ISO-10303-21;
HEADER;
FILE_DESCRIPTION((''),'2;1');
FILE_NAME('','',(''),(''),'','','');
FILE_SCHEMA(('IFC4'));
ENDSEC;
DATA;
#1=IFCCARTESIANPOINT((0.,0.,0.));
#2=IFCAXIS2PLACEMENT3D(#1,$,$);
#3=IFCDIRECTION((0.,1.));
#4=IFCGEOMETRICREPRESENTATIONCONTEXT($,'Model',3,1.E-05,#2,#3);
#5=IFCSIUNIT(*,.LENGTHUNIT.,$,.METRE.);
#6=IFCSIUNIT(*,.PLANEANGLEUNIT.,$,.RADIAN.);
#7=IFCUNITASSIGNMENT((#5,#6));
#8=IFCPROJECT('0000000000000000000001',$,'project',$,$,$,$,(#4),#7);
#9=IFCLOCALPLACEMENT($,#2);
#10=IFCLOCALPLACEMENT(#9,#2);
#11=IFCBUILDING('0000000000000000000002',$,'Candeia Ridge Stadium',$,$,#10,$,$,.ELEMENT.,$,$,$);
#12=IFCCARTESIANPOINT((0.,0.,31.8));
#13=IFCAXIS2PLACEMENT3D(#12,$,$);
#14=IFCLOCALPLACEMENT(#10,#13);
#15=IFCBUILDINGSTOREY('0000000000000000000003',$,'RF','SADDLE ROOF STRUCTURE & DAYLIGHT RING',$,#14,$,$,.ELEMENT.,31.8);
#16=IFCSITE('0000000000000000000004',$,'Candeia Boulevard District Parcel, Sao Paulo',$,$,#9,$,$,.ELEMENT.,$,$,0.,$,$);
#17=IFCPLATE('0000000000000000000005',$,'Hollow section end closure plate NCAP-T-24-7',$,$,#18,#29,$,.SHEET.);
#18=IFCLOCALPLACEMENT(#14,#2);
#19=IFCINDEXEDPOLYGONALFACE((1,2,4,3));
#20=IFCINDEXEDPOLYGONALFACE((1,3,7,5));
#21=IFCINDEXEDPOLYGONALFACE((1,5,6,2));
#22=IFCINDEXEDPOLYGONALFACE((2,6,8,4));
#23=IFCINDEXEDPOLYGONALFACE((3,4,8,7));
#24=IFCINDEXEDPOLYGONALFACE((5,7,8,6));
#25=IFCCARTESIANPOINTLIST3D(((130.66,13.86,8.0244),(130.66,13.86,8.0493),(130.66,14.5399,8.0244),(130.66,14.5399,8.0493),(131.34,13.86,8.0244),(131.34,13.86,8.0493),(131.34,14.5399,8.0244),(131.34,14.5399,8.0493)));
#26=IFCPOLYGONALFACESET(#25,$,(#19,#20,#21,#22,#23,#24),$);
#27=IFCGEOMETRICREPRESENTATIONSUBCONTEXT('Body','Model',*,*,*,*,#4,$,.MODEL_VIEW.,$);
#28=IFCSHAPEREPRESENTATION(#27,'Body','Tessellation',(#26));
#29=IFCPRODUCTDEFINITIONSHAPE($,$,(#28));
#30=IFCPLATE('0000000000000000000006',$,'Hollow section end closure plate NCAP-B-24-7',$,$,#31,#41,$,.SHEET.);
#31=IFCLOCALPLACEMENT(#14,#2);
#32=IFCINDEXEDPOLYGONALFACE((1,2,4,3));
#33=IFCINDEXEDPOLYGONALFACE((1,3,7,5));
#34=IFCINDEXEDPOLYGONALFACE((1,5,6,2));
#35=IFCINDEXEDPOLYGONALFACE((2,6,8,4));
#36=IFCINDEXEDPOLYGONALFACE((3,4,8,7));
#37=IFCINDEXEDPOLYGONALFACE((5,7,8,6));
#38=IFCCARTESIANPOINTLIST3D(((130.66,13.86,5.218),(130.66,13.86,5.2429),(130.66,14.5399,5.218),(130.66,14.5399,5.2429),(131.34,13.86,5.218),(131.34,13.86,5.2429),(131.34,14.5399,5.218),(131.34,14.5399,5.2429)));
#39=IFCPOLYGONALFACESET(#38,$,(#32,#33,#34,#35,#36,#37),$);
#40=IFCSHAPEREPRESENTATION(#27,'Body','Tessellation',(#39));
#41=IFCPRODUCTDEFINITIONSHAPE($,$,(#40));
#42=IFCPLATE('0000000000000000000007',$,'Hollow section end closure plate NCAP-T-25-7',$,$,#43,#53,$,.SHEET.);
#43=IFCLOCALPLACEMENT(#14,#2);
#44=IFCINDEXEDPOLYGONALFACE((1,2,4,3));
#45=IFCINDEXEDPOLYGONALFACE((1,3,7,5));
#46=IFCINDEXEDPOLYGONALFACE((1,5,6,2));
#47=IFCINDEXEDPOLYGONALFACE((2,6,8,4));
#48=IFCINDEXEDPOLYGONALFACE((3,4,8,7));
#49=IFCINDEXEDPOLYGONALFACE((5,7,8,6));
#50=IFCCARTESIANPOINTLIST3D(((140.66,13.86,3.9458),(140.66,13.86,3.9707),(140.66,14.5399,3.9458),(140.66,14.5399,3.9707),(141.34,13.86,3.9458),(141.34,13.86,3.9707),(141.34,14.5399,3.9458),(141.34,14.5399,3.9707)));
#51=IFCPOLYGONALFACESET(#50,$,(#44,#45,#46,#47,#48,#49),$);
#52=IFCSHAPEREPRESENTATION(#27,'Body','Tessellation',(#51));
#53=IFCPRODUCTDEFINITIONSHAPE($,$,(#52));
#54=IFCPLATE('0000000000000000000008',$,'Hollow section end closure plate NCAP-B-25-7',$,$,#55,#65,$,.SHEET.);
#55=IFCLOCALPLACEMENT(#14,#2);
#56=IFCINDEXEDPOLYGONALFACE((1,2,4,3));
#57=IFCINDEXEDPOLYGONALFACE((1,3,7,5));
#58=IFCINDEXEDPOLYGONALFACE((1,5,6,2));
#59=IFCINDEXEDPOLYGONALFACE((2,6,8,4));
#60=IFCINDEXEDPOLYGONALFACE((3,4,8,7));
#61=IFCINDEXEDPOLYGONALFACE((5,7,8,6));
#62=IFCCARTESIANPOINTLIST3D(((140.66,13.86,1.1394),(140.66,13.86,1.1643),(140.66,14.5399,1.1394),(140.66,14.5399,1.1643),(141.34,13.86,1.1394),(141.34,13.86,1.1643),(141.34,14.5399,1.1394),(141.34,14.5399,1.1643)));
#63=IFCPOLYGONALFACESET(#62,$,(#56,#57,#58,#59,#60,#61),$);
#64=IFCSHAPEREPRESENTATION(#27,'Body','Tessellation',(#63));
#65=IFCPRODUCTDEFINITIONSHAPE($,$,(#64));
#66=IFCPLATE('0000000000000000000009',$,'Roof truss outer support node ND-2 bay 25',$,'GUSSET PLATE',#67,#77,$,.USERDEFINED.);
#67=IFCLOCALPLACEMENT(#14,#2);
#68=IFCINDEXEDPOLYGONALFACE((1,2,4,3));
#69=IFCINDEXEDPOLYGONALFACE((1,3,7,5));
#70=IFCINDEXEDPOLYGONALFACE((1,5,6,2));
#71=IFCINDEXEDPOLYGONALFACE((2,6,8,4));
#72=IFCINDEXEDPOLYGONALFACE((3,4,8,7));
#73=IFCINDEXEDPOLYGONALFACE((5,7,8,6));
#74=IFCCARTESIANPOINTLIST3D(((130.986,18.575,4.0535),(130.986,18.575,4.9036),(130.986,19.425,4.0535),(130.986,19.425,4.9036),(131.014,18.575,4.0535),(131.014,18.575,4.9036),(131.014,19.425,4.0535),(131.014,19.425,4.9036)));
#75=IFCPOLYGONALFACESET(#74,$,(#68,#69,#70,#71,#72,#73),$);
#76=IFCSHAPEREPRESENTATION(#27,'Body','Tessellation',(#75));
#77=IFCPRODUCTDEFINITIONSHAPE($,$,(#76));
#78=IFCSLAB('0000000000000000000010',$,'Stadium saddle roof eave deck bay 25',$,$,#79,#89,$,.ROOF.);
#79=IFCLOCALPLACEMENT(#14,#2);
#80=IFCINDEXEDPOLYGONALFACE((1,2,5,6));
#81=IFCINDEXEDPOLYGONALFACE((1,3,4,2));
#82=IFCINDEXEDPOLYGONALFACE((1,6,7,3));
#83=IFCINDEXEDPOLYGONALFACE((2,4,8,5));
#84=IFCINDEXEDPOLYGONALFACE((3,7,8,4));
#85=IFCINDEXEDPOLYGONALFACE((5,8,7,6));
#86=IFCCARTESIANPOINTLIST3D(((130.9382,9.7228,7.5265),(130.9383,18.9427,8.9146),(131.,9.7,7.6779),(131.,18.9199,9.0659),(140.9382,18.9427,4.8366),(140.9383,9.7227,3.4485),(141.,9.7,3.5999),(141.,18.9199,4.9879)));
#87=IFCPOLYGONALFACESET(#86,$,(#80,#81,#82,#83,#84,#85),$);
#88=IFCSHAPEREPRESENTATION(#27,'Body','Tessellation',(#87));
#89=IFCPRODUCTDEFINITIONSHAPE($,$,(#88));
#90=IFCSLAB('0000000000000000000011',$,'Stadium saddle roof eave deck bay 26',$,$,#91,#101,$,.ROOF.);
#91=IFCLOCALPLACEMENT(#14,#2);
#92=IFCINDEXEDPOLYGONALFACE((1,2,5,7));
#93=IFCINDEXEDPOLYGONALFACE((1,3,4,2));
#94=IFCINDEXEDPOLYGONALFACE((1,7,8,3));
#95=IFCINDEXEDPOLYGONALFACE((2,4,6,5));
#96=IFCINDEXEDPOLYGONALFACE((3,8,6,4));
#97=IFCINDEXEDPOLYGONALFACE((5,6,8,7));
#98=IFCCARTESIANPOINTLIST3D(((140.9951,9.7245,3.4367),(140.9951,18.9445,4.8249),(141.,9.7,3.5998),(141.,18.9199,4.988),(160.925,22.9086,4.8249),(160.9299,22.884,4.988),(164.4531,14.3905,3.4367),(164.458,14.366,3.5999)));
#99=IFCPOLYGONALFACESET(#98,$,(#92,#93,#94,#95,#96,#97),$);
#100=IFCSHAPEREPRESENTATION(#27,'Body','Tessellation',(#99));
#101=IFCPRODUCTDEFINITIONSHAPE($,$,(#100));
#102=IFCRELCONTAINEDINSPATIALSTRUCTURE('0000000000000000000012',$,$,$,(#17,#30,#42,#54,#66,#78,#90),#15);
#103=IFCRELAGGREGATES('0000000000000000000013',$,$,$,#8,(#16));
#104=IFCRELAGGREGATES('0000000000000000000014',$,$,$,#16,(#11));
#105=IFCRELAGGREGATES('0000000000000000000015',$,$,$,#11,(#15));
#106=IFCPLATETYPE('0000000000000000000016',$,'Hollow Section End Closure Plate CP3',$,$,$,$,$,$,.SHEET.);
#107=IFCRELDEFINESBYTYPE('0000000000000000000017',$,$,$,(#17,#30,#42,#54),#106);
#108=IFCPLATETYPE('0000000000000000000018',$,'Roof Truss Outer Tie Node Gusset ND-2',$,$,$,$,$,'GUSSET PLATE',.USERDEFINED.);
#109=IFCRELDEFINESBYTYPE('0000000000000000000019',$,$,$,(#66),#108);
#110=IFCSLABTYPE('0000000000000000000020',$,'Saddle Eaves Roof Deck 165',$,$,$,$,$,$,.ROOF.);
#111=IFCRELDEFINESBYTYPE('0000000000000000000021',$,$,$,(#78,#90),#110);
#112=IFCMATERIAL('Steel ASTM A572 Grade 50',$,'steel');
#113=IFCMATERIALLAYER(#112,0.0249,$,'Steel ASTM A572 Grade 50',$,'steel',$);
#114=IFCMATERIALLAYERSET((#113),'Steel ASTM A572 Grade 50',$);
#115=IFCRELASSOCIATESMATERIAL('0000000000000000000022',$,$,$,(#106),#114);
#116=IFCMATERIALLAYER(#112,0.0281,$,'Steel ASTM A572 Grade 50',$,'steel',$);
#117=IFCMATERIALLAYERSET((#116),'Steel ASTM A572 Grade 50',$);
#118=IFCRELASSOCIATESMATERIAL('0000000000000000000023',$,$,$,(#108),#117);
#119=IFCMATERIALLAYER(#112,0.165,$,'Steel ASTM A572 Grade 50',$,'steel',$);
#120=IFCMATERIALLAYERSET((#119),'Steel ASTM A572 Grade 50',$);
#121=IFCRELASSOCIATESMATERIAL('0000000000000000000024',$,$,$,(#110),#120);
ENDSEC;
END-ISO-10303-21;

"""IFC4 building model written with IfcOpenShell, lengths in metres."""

from ifc_helpers import new_model, si_unit, direction, frame, origin, origin_2d, place, context, subcontext, project, spatial, polyline, rectangle, outline, extrude, material, layer, layer_set, type_object, element, save


model = new_model("IFC4")

# Units and contexts
model_context = context("Model", 3, precision=1e-05, world=origin(), true_north=direction((0.0, 1.0)))
body_context = subcontext(model_context, "Body", "Model", "MODEL_VIEW")
ifc_project = project(units=[si_unit("LENGTHUNIT", "METRE"), si_unit("PLANEANGLEUNIT", "RADIAN")], contexts=[model_context])

# Site, building, storey
site_placement = place(None, origin())
site = spatial("IfcSite", under=ifc_project, at=site_placement, Name="Candeia Boulevard District Parcel, Sao Paulo", CompositionType="ELEMENT", RefElevation=0.0)
building_placement = place(site_placement, origin())
building = spatial("IfcBuilding", under=site, at=building_placement, Name="Candeia Ridge Stadium", CompositionType="ELEMENT")
storey_placement = place(building_placement, frame((0.0, 0.0, 31.8)))
storey = spatial("IfcBuildingStorey", under=building, at=storey_placement, Name="RF", Description="SADDLE ROOF STRUCTURE & DAYLIGHT RING", CompositionType="ELEMENT", Elevation=31.8)

# Shared definitions
ifc_material_1 = material(Name="Steel ASTM A572 Grade 50", Category="steel")

# Plates
ifc_layer_1 = layer(ifc_material_1, 0.0249, Name="Steel ASTM A572 Grade 50", Category="steel")
ifc_layer_set_1 = layer_set([ifc_layer_1], Name="Steel ASTM A572 Grade 50")
plate_type_1 = type_object("IfcPlateType", Name="Hollow Section End Closure Plate CP3", PredefinedType="SHEET", material=ifc_layer_set_1)
for number, where, z_axis, x_axis, name in (
    (1, (131.0, 14.2, 8.0244), (0.0, 0.0, 1.0), (1.0, 0.0, 0.0), "Hollow section end closure plate NCAP-T-24-7"),
    (2, (131.0, 14.2, 5.218), (0.0, 0.0, 1.0), (1.0, 0.0, 0.0), "Hollow section end closure plate NCAP-B-24-7"),
    (3, (141.0, 14.2, 3.9458), (0.0, 0.0, 1.0), (1.0, 0.0, 0.0), "Hollow section end closure plate NCAP-T-25-7"),
    (4, (141.0, 14.2, 1.1394), (0.0, 0.0, 1.0), (1.0, 0.0, 0.0), "Hollow section end closure plate NCAP-B-25-7"),
):
    element("IfcPlate", number, at=place(storey_placement, frame(where, z_axis=z_axis, x_axis=x_axis)), inside=storey, type_object=plate_type_1, Name=name, PredefinedType="SHEET", context=body_context, shape_type="SweptSolid", body=[
        extrude(rectangle(XDim=0.6799, YDim=0.6799, at=origin_2d()), origin(), (0.0, 0.0, 1.0), 0.0249),
    ])
ifc_layer_2 = layer(ifc_material_1, 0.0281, Name="Steel ASTM A572 Grade 50", Category="steel")
ifc_layer_set_2 = layer_set([ifc_layer_2], Name="Steel ASTM A572 Grade 50")
plate_type_2 = type_object("IfcPlateType", Name="Roof Truss Outer Tie Node Gusset ND-2", ElementType="GUSSET PLATE", PredefinedType="USERDEFINED", material=ifc_layer_set_2)
plate_1_placement = place(storey_placement, frame((131.0, 19.0, 4.0535), z_axis=(0.0, 0.0, 1.0), x_axis=(0.0, -1.0, 0.0)))
element("IfcPlate", 5, at=plate_1_placement, inside=storey, type_object=plate_type_2, Name="Roof truss outer support node ND-2 bay 25", ObjectType="GUSSET PLATE", PredefinedType="USERDEFINED", context=body_context, shape_type="SweptSolid", body=[
    extrude(rectangle(XDim=0.8501, YDim=0.0281, at=origin_2d()), origin(), (0.0, 0.0, 1.0), 0.8501),
])

# Slabs
ifc_layer_3 = layer(ifc_material_1, 0.165, Name="Steel ASTM A572 Grade 50", Category="steel")
ifc_layer_set_3 = layer_set([ifc_layer_3], Name="Steel ASTM A572 Grade 50")
slab_type = type_object("IfcSlabType", Name="Saddle Eaves Roof Deck 165", PredefinedType="ROOF", material=ifc_layer_set_3)
slab_1_placement = place(storey_placement, frame((131.0, 18.9199, 9.0659), z_axis=(0.373992, -0.138068, 0.917097), x_axis=(0.925965, 0.000001, -0.377609)))
element("IfcSlab", 6, at=slab_1_placement, inside=storey, type_object=slab_type, Name="Stadium saddle roof eave deck bay 25", PredefinedType="ROOF", context=body_context, shape_type="SweptSolid", body=[
    extrude(outline(polyline([(0.0, 0.0), (10.7995, 0.0), (11.3237, -9.3091), (0.5241, -9.3091), (0.0, 0.0)])), origin(), (0.0, 0.0, -1.0), 0.165),
])
slab_2_placement = place(storey_placement, frame((141.0, 18.9199, 4.988), z_axis=(0.029601, -0.148821, 0.988421), x_axis=(0.980787, 0.195081, -0.000001)))
element("IfcSlab", 7, at=slab_2_placement, inside=storey, type_object=slab_type, Name="Stadium saddle roof eave deck bay 26", PredefinedType="ROOF", context=body_context, shape_type="SweptSolid", body=[
    extrude(outline(polyline([(0.0, 0.0), (20.3203, 0.0), (22.1189, -9.1486), (-1.7986, -9.1488), (0.0, 0.0)])), origin(), (0.0, 0.0, -1.0), 0.165),
])

save(model, "model.ifc")
